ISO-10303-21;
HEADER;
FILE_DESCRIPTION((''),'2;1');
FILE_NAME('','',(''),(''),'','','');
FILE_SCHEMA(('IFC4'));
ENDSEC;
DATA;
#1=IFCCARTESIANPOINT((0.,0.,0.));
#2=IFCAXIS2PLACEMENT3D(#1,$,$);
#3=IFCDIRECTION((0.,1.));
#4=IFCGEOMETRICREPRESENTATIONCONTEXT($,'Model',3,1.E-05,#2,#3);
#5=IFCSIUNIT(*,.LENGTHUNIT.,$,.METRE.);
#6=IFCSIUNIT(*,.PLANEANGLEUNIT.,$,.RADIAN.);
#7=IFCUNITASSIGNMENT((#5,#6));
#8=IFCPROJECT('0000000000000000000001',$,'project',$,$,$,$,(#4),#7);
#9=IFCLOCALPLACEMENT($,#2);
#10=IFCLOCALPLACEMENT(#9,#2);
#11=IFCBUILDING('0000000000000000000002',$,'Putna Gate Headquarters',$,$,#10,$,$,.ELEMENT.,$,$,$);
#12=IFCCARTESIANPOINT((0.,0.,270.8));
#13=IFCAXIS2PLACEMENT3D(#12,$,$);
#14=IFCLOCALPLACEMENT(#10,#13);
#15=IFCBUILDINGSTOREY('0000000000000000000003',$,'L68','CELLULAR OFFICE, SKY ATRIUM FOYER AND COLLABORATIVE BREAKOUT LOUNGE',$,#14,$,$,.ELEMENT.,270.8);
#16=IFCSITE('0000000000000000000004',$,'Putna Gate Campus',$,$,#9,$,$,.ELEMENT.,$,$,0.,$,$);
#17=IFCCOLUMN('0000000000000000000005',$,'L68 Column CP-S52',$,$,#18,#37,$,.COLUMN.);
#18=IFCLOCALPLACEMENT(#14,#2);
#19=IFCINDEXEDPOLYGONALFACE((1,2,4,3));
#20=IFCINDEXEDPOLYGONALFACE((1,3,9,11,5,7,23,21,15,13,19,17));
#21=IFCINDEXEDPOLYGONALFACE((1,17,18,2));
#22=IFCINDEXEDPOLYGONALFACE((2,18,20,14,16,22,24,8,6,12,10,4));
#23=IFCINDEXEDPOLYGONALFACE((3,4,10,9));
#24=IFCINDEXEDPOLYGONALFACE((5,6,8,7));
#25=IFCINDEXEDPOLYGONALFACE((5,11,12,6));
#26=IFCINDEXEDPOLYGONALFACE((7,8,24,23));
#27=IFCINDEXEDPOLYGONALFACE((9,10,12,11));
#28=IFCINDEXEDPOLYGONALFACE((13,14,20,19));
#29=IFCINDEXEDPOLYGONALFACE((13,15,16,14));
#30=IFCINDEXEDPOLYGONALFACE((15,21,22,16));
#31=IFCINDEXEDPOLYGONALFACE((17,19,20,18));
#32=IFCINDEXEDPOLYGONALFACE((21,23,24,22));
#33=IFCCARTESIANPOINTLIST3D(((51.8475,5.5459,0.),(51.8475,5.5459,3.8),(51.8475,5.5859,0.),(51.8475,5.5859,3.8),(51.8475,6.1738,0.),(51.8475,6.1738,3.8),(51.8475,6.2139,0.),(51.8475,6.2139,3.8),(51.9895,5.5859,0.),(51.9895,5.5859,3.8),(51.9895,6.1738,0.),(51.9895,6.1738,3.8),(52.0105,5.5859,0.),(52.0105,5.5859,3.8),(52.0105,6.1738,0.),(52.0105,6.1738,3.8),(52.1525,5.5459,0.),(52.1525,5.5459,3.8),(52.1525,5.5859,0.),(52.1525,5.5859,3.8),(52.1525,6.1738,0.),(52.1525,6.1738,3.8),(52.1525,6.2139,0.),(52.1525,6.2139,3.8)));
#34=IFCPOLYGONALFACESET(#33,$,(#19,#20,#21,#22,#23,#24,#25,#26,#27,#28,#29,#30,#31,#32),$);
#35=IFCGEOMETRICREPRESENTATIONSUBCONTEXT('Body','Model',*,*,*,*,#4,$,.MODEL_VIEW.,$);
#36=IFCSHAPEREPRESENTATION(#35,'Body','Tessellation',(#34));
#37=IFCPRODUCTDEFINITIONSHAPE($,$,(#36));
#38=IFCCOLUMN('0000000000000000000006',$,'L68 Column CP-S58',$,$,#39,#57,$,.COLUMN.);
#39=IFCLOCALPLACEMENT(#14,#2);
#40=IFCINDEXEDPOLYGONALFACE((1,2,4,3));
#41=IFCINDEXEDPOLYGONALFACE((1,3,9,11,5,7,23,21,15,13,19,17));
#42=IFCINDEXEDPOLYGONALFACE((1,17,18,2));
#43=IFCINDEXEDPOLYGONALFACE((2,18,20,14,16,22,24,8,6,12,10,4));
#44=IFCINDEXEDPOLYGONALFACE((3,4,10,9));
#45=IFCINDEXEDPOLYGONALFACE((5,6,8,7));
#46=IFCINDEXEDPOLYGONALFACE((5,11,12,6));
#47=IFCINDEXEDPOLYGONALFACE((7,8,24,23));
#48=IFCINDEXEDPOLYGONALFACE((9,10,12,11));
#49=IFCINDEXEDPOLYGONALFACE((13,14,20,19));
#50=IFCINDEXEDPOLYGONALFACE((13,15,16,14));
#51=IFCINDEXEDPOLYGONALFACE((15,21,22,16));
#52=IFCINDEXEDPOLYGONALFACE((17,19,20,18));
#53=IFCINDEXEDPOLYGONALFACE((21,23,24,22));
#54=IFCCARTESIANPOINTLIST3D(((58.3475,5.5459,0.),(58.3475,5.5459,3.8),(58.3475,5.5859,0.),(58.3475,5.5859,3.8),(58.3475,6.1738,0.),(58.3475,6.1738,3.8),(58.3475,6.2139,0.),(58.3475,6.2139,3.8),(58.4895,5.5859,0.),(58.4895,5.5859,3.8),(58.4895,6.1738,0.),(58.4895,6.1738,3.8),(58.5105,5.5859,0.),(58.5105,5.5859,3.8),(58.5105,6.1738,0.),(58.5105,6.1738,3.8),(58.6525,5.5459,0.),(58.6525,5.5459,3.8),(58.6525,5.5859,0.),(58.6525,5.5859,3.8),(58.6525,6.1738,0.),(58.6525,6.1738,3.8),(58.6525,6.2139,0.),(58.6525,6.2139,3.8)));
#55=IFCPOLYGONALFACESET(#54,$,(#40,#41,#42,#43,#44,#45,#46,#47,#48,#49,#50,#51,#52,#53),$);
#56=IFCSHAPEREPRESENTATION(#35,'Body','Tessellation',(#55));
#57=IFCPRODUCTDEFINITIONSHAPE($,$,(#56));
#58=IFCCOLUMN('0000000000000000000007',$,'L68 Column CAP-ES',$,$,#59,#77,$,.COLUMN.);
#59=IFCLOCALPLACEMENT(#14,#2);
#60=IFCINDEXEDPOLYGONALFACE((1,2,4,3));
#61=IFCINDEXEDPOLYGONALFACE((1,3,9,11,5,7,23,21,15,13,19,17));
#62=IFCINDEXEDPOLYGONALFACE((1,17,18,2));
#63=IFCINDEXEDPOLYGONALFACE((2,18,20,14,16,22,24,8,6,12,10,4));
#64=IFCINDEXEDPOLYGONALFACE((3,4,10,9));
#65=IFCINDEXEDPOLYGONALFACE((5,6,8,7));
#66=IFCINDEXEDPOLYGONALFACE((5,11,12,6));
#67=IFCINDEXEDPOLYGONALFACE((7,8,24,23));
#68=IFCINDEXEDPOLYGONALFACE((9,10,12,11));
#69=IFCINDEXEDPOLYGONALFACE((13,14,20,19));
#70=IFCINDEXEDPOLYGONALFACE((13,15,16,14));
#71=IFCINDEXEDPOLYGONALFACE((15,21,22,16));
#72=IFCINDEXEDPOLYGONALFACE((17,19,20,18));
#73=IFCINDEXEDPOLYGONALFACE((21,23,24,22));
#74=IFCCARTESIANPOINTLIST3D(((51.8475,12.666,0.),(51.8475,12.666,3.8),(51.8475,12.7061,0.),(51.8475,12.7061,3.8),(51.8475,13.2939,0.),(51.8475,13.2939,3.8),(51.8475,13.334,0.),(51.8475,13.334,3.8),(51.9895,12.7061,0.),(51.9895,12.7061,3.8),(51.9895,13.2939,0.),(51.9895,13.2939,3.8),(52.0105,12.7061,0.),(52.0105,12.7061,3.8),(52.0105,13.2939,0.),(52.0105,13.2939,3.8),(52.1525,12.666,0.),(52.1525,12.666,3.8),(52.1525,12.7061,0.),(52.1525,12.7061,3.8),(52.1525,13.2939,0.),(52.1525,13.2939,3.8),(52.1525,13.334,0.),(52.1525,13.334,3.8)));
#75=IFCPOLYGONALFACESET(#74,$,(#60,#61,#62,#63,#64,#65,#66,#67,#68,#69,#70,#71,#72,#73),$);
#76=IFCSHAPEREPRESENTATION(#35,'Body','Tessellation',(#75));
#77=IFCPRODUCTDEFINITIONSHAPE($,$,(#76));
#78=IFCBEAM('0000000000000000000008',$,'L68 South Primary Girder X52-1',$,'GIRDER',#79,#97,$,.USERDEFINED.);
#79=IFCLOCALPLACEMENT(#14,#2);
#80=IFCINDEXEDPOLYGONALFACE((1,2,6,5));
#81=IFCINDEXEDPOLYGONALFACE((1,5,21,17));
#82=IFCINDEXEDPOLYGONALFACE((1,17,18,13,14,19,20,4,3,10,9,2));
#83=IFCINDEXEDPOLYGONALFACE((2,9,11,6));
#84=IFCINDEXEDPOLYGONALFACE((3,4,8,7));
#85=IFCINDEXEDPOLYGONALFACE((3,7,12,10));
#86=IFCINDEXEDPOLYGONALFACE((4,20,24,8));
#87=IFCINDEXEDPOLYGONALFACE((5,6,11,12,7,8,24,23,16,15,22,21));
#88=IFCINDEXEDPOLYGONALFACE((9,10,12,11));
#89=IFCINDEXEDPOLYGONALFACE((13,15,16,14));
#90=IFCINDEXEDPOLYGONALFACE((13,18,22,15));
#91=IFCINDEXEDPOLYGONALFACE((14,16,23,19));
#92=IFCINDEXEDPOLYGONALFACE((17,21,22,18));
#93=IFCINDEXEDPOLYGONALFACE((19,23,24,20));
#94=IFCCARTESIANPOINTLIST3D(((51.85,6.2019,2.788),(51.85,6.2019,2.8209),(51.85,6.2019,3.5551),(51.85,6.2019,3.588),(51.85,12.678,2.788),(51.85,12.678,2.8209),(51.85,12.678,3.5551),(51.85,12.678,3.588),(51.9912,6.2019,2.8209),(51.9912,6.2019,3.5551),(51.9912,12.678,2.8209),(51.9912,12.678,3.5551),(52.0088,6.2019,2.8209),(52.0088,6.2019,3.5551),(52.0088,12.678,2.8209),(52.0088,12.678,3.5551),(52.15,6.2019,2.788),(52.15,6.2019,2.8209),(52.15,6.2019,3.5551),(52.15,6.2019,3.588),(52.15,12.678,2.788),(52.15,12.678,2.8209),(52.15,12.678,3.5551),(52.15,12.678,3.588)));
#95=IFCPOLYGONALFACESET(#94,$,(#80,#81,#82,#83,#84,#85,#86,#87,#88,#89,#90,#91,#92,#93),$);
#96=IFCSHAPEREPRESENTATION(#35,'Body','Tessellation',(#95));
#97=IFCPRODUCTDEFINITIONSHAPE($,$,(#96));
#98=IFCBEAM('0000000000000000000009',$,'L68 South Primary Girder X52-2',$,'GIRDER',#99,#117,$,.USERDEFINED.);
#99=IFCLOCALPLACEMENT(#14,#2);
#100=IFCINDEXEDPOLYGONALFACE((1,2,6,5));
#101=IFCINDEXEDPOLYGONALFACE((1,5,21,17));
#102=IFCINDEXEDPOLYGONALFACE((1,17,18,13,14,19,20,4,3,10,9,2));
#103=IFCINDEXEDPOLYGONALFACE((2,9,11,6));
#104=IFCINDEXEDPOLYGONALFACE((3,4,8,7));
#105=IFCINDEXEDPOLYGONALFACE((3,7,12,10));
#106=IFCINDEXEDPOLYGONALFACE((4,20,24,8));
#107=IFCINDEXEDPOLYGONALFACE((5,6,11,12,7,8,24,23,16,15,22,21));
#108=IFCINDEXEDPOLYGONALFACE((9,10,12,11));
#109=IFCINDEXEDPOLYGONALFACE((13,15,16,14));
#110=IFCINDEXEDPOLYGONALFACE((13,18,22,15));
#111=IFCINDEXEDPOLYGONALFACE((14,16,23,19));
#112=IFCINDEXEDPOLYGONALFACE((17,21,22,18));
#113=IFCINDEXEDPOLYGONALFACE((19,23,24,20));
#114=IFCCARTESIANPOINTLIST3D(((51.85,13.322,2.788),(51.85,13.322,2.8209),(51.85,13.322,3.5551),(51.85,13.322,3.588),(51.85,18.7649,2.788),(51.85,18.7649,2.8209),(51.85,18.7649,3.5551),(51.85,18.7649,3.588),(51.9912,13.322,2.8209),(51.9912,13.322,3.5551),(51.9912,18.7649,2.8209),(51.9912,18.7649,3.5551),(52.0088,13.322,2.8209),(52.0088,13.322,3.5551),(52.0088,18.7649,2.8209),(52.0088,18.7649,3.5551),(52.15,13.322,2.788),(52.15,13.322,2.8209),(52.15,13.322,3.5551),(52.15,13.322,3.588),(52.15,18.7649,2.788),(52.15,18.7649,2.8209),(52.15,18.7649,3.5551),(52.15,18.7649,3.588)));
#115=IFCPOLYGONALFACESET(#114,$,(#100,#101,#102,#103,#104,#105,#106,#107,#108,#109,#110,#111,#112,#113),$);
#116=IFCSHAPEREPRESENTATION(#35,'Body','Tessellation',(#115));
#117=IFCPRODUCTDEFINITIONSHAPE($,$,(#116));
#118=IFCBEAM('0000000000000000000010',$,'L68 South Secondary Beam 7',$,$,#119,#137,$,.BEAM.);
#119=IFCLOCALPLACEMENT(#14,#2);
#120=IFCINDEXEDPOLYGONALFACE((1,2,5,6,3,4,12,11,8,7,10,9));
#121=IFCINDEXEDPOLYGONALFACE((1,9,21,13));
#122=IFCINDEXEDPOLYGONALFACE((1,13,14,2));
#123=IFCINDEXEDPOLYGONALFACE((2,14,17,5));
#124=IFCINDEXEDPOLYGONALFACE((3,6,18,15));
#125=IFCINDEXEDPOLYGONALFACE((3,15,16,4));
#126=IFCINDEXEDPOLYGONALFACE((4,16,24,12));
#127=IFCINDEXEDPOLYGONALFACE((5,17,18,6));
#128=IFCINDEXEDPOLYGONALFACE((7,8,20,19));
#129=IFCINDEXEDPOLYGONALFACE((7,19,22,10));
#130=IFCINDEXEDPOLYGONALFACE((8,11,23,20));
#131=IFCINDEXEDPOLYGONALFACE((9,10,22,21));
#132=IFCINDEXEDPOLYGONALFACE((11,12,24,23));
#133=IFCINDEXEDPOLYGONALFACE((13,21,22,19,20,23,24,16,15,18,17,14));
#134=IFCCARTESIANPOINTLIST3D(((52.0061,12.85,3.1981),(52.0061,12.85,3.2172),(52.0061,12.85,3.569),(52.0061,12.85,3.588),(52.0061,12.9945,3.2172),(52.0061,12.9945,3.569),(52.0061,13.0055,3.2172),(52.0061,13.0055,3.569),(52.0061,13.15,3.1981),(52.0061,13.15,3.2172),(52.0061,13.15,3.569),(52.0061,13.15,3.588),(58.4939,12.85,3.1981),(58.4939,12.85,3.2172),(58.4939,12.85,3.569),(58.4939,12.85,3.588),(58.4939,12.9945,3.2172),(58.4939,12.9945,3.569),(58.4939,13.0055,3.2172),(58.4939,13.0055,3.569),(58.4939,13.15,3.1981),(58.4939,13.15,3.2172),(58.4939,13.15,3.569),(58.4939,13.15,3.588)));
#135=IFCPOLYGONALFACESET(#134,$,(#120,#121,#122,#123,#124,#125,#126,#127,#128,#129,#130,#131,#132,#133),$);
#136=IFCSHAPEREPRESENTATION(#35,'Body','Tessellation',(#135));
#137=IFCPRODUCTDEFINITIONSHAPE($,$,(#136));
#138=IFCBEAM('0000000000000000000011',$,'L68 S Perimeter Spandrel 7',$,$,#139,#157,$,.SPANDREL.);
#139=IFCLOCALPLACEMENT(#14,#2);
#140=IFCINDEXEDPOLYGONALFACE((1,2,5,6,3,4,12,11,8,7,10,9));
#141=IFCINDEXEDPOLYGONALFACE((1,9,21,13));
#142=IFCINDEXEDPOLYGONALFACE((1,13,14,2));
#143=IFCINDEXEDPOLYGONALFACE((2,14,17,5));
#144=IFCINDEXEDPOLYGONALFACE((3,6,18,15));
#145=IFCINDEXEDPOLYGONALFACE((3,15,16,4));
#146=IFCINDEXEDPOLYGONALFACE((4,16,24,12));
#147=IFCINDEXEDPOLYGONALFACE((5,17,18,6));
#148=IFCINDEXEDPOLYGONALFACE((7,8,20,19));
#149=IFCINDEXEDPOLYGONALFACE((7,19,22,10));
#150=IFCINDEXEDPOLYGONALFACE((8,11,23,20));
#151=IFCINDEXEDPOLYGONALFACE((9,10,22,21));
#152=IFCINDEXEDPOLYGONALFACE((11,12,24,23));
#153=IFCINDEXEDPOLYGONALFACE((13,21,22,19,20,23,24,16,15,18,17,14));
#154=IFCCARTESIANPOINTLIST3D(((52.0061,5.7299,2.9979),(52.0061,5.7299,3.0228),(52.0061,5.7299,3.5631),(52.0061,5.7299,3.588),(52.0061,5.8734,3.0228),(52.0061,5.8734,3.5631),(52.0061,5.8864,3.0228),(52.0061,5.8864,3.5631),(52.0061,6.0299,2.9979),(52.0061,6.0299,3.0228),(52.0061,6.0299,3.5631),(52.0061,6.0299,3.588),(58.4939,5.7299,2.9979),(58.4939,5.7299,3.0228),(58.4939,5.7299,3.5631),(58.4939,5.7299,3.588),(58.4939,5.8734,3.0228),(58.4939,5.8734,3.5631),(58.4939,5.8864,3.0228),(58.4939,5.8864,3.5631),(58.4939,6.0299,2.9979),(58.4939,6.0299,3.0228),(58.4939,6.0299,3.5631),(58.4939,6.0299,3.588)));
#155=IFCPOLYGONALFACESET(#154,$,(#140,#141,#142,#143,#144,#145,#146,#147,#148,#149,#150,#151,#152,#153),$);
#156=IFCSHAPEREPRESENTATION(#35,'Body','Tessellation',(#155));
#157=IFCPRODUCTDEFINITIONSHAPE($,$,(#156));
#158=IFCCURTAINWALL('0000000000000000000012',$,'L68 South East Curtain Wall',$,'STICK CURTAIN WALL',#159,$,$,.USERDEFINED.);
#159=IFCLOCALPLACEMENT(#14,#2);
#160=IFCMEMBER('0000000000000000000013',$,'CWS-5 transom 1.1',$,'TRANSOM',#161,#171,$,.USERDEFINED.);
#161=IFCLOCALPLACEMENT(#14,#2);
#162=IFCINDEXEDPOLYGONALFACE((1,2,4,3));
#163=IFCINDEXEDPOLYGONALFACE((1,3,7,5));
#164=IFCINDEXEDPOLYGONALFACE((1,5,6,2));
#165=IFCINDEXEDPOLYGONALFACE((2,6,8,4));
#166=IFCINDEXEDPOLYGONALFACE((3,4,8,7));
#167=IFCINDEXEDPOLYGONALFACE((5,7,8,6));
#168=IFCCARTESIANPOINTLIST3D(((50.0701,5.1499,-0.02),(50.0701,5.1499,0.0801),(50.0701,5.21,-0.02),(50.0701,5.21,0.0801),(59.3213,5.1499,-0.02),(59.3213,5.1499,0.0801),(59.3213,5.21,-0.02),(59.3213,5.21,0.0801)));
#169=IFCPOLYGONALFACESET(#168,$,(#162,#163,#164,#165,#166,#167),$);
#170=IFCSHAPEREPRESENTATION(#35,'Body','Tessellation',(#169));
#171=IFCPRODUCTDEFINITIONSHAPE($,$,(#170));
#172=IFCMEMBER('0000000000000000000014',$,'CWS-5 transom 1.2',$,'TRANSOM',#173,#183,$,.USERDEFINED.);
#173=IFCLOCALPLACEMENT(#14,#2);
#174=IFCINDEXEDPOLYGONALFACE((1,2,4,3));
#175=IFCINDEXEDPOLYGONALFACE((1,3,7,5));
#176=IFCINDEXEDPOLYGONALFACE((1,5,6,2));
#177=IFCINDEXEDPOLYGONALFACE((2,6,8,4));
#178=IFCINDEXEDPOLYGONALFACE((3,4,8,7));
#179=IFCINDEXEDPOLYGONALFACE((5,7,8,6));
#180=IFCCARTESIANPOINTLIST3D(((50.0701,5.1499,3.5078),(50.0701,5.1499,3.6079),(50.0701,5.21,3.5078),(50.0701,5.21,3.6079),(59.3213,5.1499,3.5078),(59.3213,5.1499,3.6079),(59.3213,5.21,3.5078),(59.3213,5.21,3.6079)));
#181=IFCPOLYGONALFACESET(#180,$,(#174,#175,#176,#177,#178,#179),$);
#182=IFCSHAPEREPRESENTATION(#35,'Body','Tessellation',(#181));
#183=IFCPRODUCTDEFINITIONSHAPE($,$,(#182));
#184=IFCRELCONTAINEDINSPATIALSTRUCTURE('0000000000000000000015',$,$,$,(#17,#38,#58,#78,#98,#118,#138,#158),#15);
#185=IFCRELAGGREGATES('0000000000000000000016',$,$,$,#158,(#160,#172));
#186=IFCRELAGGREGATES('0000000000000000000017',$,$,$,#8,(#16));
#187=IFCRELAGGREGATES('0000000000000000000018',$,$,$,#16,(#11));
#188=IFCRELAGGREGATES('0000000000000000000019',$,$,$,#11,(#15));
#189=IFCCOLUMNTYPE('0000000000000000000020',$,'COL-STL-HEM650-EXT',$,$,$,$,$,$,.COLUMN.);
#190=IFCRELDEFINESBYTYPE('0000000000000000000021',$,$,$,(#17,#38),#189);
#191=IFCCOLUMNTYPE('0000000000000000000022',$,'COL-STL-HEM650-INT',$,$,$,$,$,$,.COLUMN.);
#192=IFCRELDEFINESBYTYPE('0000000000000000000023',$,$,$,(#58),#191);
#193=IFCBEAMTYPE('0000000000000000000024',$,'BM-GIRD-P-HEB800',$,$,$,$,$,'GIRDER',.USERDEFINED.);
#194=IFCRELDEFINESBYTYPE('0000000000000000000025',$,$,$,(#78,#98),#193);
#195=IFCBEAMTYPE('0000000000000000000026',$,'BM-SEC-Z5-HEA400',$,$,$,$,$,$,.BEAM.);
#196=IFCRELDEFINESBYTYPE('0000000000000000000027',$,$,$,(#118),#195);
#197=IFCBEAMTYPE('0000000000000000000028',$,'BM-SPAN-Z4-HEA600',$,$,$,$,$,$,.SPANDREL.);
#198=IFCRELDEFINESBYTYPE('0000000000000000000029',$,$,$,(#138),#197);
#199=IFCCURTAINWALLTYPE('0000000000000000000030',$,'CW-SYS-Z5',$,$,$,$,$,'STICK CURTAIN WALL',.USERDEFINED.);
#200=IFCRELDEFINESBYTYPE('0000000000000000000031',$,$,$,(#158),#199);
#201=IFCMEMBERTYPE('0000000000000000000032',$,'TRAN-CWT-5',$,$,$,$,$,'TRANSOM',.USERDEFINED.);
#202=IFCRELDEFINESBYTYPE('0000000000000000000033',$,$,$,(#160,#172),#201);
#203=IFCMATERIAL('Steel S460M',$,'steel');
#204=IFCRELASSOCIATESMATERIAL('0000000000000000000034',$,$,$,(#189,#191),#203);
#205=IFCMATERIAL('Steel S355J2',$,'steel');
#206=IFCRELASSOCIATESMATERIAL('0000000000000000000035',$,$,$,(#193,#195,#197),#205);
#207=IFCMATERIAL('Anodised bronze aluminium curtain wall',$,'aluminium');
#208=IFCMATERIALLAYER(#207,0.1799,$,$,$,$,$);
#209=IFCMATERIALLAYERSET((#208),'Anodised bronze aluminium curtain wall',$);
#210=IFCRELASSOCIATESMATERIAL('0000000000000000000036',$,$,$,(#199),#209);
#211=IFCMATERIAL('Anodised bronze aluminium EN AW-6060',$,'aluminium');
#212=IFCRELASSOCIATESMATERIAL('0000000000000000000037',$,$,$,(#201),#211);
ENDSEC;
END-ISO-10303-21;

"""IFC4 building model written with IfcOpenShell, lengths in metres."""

from ifc_helpers import new_model, si_unit, direction, frame, origin, origin_2d, place, context, subcontext, project, spatial, rectangle, i_section, extrude, material, layer, layer_set, material_profile, profile_set, type_object, element, aggregate, save


model = new_model("IFC4")

# Units and contexts
model_context = context("Model", 3, precision=1e-05, world=origin(), true_north=direction((0.0, 1.0)))
body_context = subcontext(model_context, "Body", "Model", "MODEL_VIEW")
ifc_project = project(units=[si_unit("LENGTHUNIT", "METRE"), si_unit("PLANEANGLEUNIT", "RADIAN")], contexts=[model_context])

# Site, building, storey
site_placement = place(None, origin())
site = spatial("IfcSite", under=ifc_project, at=site_placement, Name="Putna Gate Campus", CompositionType="ELEMENT", RefElevation=0.0)
building_placement = place(site_placement, origin())
building = spatial("IfcBuilding", under=site, at=building_placement, Name="Putna Gate Headquarters", CompositionType="ELEMENT")
storey_placement = place(building_placement, frame((0.0, 0.0, 270.8)))
storey = spatial("IfcBuildingStorey", under=building, at=storey_placement, Name="L68", Description="CELLULAR OFFICE, SKY ATRIUM FOYER AND COLLABORATIVE BREAKOUT LOUNGE", CompositionType="ELEMENT", Elevation=270.8)

# Columns
ifc_material_1 = material(Name="Steel S460M", Category="steel")
ifc_material_profile_1 = material_profile(ifc_material_1, i_section(OverallWidth=0.3049, OverallDepth=0.668, WebThickness=0.021, FlangeThickness=0.04, at=origin_2d()), Name="Steel S460M")
ifc_profile_set_1 = profile_set([ifc_material_profile_1], Name="Steel S460M")
column_type_1 = type_object("IfcColumnType", Name="COL-STL-HEM650-EXT", PredefinedType="COLUMN", material=ifc_profile_set_1)
for number, where, z_axis, x_axis, name in (
    (1, (52.0, 5.8799, 0.0), (0.0, 0.0, 1.0), (1.0, 0.0, 0.0), "L68 Column CP-S52"),
    (2, (58.5, 5.8799, 0.0), (0.0, 0.0, 1.0), (1.0, 0.0, 0.0), "L68 Column CP-S58"),
):
    element("IfcColumn", number, at=place(storey_placement, frame(where, z_axis=z_axis, x_axis=x_axis)), inside=storey, type_object=column_type_1, Name=name, PredefinedType="COLUMN", context=body_context, shape_type="SweptSolid", body=[
        extrude(i_section(OverallWidth=0.3049, OverallDepth=0.668, WebThickness=0.021, FlangeThickness=0.04, at=origin_2d()), origin(), (0.0, 0.0, 1.0), 3.8),
    ])
ifc_material_profile_2 = material_profile(ifc_material_1, i_section(OverallWidth=0.3049, OverallDepth=0.668, WebThickness=0.021, FlangeThickness=0.04, at=origin_2d()), Name="Steel S460M")
ifc_profile_set_2 = profile_set([ifc_material_profile_2], Name="Steel S460M")
column_type_2 = type_object("IfcColumnType", Name="COL-STL-HEM650-INT", PredefinedType="COLUMN", material=ifc_profile_set_2)
column_placement = place(storey_placement, frame((52.0, 13.0, 0.0), z_axis=(0.0, 0.0, 1.0), x_axis=(1.0, 0.0, 0.0)))
element("IfcColumn", 3, at=column_placement, inside=storey, type_object=column_type_2, Name="L68 Column CAP-ES", PredefinedType="COLUMN", context=body_context, shape_type="SweptSolid", body=[
    extrude(i_section(OverallWidth=0.3049, OverallDepth=0.668, WebThickness=0.021, FlangeThickness=0.04, at=origin_2d()), origin(), (0.0, 0.0, 1.0), 3.8),
])

# Beams
ifc_material_2 = material(Name="Steel S355J2", Category="steel")
ifc_material_profile_3 = material_profile(ifc_material_2, i_section(OverallWidth=0.3, OverallDepth=0.8, WebThickness=0.0176, FlangeThickness=0.033, at=origin_2d()), Name="Steel S355J2")
ifc_profile_set_3 = profile_set([ifc_material_profile_3], Name="Steel S355J2")
beam_type_1 = type_object("IfcBeamType", Name="BM-GIRD-P-HEB800", ElementType="GIRDER", PredefinedType="USERDEFINED", material=ifc_profile_set_3)
beam_1_placement = place(storey_placement, frame((52.0, 6.2019, 3.188), z_axis=(0.0, 1.0, 0.0), x_axis=(-1.0, 0.0, 0.0)))
element("IfcBeam", 4, at=beam_1_placement, inside=storey, type_object=beam_type_1, Name="L68 South Primary Girder X52-1", ObjectType="GIRDER", PredefinedType="USERDEFINED", context=body_context, shape_type="SweptSolid", body=[
    extrude(i_section(OverallWidth=0.3, OverallDepth=0.8, WebThickness=0.0176, FlangeThickness=0.033, at=origin_2d()), origin(), (0.0, 0.0, 1.0), 6.4761),
])
beam_2_placement = place(storey_placement, frame((52.0, 13.322, 3.188), z_axis=(0.0, 1.0, 0.0), x_axis=(-1.0, 0.0, 0.0)))
element("IfcBeam", 5, at=beam_2_placement, inside=storey, type_object=beam_type_1, Name="L68 South Primary Girder X52-2", ObjectType="GIRDER", PredefinedType="USERDEFINED", context=body_context, shape_type="SweptSolid", body=[
    extrude(i_section(OverallWidth=0.3, OverallDepth=0.8, WebThickness=0.0176, FlangeThickness=0.033, at=origin_2d()), origin(), (0.0, 0.0, 1.0), 5.4429),
])
ifc_material_profile_4 = material_profile(ifc_material_2, i_section(OverallWidth=0.3, OverallDepth=0.3899, WebThickness=0.011, FlangeThickness=0.019, at=origin_2d()), Name="Steel S355J2")
ifc_profile_set_4 = profile_set([ifc_material_profile_4], Name="Steel S355J2")
beam_type_2 = type_object("IfcBeamType", Name="BM-SEC-Z5-HEA400", PredefinedType="BEAM", material=ifc_profile_set_4)
beam_3_placement = place(storey_placement, frame((52.0061, 13.0, 3.3931), z_axis=(1.0, 0.0, 0.0), x_axis=(0.0, 1.0, 0.0)))
element("IfcBeam", 6, at=beam_3_placement, inside=storey, type_object=beam_type_2, Name="L68 South Secondary Beam 7", PredefinedType="BEAM", context=body_context, shape_type="SweptSolid", body=[
    extrude(i_section(OverallWidth=0.3, OverallDepth=0.3899, WebThickness=0.011, FlangeThickness=0.019, at=origin_2d()), origin(), (0.0, 0.0, 1.0), 6.4878),
])
ifc_material_profile_5 = material_profile(ifc_material_2, i_section(OverallWidth=0.3, OverallDepth=0.5901, WebThickness=0.0129, FlangeThickness=0.0249, at=origin_2d()), Name="Steel S355J2")
ifc_profile_set_5 = profile_set([ifc_material_profile_5], Name="Steel S355J2")
beam_type_3 = type_object("IfcBeamType", Name="BM-SPAN-Z4-HEA600", PredefinedType="SPANDREL", material=ifc_profile_set_5)
beam_4_placement = place(storey_placement, frame((52.0061, 5.8799, 3.293), z_axis=(1.0, 0.0, 0.0), x_axis=(0.0, 1.0, 0.0)))
element("IfcBeam", 7, at=beam_4_placement, inside=storey, type_object=beam_type_3, Name="L68 S Perimeter Spandrel 7", PredefinedType="SPANDREL", context=body_context, shape_type="SweptSolid", body=[
    extrude(i_section(OverallWidth=0.3, OverallDepth=0.5901, WebThickness=0.0129, FlangeThickness=0.0249, at=origin_2d()), origin(), (0.0, 0.0, 1.0), 6.4878),
])

# Curtain wall, members
ifc_material_3 = material(Name="Anodised bronze aluminium curtain wall", Category="aluminium")
ifc_layer_1 = layer(ifc_material_3, 0.1799)
ifc_layer_set_1 = layer_set([ifc_layer_1], Name="Anodised bronze aluminium curtain wall")
curtain_wall_type = type_object("IfcCurtainWallType", Name="CW-SYS-Z5", ElementType="STICK CURTAIN WALL", PredefinedType="USERDEFINED", material=ifc_layer_set_1)
curtain_wall_placement = place(storey_placement, origin())
curtain_wall = element("IfcCurtainWall", 8, at=curtain_wall_placement, inside=storey, type_object=curtain_wall_type, Name="L68 South East Curtain Wall", ObjectType="STICK CURTAIN WALL", PredefinedType="USERDEFINED")
ifc_material_4 = material(Name="Anodised bronze aluminium EN AW-6060", Category="aluminium")
ifc_material_profile_6 = material_profile(ifc_material_4, rectangle(XDim=0.0601, YDim=0.1001, at=origin_2d()), Name="Anodised bronze aluminium EN AW-6060")
ifc_profile_set_6 = profile_set([ifc_material_profile_6], Name="Anodised bronze aluminium EN AW-6060")
member_type = type_object("IfcMemberType", Name="TRAN-CWT-5", ElementType="TRANSOM", PredefinedType="USERDEFINED", material=ifc_profile_set_6)
member_1_placement = place(storey_placement, frame((50.0701, 5.1799, 0.03), z_axis=(1.0, 0.0, 0.0), x_axis=(0.0, 1.0, 0.0)))
member_1 = element("IfcMember", 9, at=member_1_placement, type_object=member_type, Name="CWS-5 transom 1.1", ObjectType="TRANSOM", PredefinedType="USERDEFINED", context=body_context, shape_type="SweptSolid", body=[
    extrude(rectangle(XDim=0.0601, YDim=0.1001, at=origin_2d()), origin(), (0.0, 0.0, 1.0), 9.2512),
])
member_2_placement = place(storey_placement, frame((50.0701, 5.1799, 3.5579), z_axis=(1.0, 0.0, 0.0), x_axis=(0.0, 1.0, 0.0)))
member_2 = element("IfcMember", 10, at=member_2_placement, type_object=member_type, Name="CWS-5 transom 1.2", ObjectType="TRANSOM", PredefinedType="USERDEFINED", context=body_context, shape_type="SweptSolid", body=[
    extrude(rectangle(XDim=0.0601, YDim=0.1001, at=origin_2d()), origin(), (0.0, 0.0, 1.0), 9.2512),
])
aggregate(curtain_wall, [member_1, member_2])

save(model, "model.ifc")
